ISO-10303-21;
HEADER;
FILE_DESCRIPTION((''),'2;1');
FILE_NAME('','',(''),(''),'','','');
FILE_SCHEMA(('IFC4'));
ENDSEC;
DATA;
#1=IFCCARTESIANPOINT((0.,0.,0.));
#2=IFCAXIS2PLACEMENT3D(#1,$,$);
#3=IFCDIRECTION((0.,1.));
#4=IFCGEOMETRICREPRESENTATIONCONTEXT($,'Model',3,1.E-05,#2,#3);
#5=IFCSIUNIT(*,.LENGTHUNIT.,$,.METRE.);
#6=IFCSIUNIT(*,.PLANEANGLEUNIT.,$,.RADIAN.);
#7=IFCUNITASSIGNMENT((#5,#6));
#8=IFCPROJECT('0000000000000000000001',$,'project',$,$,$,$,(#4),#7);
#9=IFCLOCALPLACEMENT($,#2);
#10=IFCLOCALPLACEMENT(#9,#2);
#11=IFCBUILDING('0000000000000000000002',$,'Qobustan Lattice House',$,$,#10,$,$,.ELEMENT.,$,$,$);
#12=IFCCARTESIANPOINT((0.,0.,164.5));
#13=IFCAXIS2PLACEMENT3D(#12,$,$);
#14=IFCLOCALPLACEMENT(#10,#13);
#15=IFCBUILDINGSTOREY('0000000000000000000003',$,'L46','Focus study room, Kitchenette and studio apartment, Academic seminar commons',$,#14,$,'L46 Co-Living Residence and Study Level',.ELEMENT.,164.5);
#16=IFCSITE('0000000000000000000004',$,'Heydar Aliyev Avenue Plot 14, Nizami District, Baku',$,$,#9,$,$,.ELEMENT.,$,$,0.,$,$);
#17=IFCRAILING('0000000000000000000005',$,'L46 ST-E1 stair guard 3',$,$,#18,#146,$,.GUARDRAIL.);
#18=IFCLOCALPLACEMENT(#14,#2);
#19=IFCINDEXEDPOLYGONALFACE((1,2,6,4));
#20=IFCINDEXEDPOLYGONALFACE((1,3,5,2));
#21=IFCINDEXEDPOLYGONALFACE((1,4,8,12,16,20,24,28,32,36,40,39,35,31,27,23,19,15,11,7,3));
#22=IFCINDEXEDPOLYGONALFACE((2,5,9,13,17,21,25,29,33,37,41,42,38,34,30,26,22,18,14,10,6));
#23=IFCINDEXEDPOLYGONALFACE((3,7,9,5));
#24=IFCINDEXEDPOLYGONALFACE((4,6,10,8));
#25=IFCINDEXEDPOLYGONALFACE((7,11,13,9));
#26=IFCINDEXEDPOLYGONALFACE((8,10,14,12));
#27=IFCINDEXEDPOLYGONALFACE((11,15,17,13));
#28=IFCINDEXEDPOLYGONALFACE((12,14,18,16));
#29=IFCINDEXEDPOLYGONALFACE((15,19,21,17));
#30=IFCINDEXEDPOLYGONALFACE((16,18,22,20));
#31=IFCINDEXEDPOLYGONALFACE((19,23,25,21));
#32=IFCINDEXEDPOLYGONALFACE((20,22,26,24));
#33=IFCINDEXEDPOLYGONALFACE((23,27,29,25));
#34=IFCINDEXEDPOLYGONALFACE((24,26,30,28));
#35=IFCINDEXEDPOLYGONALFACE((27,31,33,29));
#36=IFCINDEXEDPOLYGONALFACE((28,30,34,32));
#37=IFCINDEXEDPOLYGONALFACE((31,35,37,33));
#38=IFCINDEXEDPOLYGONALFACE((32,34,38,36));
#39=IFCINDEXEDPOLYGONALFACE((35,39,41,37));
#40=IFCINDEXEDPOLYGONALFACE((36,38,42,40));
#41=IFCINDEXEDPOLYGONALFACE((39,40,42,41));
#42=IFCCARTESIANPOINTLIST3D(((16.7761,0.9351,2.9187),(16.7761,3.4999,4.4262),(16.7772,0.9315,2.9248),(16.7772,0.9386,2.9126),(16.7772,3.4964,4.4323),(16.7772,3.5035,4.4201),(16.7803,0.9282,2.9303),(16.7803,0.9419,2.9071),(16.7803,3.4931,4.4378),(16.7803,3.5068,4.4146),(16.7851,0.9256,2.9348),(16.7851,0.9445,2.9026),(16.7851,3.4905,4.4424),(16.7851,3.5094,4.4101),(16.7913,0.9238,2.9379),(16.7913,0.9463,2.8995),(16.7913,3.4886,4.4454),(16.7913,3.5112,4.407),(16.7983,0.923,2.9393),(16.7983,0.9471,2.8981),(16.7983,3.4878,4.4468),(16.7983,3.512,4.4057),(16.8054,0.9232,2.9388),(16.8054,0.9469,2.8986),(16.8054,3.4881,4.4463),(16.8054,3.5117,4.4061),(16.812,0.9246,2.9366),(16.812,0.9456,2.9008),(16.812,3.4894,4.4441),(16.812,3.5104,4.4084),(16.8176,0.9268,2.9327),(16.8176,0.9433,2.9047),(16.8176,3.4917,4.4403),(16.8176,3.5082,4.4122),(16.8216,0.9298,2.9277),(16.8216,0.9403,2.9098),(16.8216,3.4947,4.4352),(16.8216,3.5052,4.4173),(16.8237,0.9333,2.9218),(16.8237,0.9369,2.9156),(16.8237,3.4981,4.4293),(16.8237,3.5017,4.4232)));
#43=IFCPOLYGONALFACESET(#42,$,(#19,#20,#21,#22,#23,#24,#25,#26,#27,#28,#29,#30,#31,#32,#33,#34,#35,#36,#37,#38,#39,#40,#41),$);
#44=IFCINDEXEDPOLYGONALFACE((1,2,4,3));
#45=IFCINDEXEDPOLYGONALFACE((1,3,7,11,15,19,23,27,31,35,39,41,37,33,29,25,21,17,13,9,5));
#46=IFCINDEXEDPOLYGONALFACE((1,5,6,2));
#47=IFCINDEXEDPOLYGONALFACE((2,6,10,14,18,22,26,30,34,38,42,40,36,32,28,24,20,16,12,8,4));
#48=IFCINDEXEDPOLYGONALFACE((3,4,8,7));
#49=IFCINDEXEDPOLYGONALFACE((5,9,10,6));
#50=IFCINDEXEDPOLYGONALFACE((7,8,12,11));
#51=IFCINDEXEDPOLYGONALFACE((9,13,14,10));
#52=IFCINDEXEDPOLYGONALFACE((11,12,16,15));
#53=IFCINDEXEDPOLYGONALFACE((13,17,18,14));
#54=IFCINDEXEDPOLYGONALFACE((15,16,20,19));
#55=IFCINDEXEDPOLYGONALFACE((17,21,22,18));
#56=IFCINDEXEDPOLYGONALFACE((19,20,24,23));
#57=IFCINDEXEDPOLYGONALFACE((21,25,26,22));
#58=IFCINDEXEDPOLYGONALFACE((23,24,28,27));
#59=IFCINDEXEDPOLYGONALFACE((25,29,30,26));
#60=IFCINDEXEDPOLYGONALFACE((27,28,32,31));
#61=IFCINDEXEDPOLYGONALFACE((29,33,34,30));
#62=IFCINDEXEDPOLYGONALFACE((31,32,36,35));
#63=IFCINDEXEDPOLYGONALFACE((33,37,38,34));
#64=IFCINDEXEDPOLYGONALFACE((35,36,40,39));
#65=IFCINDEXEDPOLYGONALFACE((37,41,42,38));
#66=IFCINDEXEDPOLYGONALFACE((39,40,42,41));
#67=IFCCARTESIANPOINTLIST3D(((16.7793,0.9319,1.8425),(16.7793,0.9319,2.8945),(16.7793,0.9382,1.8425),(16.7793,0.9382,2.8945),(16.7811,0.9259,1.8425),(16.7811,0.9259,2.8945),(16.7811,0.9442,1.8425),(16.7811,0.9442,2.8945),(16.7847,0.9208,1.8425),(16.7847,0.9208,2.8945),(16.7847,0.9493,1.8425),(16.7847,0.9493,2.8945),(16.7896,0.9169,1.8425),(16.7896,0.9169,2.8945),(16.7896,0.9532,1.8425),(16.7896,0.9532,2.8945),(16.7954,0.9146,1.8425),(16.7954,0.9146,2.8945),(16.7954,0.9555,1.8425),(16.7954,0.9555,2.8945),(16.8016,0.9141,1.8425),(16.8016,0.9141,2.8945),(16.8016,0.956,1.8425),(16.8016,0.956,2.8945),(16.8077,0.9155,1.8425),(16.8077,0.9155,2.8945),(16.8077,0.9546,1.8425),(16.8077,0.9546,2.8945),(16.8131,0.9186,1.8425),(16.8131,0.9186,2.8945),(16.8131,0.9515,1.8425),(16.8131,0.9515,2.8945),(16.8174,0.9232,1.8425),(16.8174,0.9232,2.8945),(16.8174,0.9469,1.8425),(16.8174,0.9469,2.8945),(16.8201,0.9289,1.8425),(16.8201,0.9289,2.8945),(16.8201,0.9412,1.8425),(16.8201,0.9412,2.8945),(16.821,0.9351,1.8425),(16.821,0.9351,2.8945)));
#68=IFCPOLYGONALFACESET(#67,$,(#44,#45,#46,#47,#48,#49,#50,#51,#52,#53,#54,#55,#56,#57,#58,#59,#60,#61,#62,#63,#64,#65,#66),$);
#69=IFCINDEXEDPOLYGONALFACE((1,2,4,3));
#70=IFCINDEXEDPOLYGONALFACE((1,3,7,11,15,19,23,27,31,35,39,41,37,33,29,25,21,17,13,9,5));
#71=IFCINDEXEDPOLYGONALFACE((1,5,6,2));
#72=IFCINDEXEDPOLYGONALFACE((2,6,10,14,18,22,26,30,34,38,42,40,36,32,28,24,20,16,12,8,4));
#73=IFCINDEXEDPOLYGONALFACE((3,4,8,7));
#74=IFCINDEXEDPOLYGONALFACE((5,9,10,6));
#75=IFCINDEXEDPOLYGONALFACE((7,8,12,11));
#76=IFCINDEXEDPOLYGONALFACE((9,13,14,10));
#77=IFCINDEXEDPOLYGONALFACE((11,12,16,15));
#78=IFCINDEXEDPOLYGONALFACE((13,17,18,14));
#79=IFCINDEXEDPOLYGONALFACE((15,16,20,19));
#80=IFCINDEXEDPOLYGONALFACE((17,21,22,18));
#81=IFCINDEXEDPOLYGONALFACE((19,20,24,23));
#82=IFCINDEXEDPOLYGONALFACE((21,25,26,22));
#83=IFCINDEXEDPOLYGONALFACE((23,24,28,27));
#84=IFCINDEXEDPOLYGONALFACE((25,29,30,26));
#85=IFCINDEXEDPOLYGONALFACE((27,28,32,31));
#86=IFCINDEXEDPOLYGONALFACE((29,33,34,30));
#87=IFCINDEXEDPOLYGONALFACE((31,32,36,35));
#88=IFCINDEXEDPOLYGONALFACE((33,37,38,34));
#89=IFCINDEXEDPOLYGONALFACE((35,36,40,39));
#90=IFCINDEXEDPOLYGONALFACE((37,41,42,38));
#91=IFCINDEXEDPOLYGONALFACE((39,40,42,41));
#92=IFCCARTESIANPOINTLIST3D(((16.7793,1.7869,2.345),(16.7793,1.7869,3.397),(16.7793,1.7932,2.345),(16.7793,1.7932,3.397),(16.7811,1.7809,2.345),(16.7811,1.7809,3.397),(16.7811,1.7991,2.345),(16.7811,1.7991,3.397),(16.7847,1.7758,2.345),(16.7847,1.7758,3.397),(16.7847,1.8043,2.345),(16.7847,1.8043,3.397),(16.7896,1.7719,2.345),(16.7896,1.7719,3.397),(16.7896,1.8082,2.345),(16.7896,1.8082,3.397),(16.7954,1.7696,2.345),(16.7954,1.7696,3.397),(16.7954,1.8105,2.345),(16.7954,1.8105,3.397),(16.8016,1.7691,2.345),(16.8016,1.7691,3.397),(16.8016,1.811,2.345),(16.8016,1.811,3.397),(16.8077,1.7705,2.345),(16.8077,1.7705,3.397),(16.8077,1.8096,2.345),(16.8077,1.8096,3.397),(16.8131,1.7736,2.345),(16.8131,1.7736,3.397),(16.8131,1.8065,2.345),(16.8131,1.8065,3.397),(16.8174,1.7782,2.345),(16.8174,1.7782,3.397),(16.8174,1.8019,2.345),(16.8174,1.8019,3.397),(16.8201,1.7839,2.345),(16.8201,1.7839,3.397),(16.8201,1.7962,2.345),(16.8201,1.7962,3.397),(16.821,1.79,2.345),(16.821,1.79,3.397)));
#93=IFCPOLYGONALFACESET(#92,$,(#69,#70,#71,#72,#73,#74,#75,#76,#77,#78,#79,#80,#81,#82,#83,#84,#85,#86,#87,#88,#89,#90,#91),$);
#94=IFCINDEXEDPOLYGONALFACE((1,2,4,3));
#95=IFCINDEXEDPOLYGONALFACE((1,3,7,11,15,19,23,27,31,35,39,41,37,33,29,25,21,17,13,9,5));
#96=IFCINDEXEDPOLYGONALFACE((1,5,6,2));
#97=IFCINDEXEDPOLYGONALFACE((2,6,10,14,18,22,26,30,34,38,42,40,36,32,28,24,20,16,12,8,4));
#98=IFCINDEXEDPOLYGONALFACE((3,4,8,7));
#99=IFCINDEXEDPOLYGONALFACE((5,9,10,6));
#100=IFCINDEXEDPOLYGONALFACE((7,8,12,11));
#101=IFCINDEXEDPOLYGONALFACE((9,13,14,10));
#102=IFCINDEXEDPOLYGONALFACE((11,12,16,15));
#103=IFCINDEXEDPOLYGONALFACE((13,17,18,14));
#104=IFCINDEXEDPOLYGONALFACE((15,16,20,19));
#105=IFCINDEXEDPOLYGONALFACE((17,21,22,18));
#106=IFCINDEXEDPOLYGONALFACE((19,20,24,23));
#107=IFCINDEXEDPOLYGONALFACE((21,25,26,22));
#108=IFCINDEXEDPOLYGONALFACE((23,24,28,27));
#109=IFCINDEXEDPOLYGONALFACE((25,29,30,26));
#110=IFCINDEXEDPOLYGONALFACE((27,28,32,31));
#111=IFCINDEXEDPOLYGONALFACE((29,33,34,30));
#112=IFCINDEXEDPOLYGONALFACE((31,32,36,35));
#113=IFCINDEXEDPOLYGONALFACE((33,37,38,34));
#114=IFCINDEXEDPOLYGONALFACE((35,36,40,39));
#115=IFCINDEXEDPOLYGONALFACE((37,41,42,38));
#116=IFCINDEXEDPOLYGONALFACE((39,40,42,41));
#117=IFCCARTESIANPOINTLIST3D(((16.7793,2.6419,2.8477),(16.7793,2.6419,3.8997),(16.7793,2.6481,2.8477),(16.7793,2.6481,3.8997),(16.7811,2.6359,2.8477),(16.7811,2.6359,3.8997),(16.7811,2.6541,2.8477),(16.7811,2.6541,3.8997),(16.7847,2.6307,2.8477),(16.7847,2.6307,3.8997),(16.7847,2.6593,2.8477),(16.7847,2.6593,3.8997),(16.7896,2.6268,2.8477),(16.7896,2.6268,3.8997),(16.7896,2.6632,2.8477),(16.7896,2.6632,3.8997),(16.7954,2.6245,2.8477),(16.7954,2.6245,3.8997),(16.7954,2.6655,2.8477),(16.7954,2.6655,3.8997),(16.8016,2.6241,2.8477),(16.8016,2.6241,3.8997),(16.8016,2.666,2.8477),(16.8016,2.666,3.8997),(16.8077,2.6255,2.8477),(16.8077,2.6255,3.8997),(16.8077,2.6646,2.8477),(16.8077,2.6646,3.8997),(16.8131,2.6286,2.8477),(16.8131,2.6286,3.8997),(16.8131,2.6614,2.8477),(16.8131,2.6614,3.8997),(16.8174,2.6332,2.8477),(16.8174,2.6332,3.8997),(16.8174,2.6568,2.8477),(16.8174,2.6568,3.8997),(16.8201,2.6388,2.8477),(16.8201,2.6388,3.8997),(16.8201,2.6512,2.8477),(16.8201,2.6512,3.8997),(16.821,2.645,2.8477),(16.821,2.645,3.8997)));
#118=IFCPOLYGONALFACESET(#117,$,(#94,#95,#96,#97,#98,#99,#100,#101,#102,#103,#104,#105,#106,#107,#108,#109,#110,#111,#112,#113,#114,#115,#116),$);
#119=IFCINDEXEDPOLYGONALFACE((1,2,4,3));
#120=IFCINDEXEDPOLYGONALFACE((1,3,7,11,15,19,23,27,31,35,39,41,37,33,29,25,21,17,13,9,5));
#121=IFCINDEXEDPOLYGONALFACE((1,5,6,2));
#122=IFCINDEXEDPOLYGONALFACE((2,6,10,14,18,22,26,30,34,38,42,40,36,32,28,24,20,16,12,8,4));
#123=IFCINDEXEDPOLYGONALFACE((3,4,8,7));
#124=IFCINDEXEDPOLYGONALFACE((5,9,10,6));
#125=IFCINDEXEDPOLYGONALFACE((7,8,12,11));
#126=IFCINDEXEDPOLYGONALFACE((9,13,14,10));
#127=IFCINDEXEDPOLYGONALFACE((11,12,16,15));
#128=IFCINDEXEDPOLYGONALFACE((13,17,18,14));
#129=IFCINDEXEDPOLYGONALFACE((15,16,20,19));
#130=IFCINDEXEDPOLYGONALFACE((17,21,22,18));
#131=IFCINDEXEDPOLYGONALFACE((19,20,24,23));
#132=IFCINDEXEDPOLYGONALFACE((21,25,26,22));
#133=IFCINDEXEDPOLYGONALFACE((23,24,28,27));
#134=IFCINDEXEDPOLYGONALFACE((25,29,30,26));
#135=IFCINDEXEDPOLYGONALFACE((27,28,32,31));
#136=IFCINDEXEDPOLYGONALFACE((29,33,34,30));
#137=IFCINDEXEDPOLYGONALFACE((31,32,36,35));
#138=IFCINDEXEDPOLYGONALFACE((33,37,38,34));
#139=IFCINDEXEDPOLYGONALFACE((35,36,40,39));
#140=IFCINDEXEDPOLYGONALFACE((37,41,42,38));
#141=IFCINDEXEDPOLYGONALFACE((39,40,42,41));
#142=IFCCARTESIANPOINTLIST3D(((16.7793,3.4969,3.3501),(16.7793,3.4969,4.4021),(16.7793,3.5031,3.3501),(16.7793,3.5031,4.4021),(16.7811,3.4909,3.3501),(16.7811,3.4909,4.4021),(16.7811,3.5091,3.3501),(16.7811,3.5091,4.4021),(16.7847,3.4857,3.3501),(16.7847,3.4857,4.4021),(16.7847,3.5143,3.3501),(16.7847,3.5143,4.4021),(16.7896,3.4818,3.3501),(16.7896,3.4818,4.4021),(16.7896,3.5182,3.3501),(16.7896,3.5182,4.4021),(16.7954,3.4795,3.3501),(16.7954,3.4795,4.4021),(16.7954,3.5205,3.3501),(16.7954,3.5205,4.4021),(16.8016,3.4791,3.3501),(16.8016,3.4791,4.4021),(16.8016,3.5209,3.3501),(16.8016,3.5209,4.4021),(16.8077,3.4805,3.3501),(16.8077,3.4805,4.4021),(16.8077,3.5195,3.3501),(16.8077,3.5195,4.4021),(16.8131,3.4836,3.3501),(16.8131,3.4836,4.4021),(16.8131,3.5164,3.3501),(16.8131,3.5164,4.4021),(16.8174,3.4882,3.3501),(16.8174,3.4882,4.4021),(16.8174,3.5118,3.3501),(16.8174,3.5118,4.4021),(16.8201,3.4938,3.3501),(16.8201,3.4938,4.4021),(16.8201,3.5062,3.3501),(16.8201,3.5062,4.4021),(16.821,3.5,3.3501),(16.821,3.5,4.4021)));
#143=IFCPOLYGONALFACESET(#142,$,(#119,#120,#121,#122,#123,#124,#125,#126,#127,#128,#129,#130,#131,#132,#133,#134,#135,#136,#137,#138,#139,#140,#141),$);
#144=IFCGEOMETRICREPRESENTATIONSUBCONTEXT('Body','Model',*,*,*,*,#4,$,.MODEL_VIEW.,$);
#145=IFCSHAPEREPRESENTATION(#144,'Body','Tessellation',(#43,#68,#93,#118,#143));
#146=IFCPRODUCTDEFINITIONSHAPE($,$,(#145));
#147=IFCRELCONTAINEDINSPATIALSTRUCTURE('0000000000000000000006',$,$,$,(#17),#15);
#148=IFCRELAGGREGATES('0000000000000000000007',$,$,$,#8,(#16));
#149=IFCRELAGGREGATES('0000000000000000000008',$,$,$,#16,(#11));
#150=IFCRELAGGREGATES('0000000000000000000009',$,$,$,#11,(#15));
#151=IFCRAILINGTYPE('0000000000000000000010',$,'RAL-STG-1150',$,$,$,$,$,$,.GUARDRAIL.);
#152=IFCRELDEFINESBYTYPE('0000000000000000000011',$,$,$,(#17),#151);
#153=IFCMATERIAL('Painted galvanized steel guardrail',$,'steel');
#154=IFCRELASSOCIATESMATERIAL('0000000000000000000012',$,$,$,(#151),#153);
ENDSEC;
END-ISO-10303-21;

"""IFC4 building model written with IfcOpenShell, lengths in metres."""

from ifc_helpers import new_model, si_unit, direction, frame, origin, origin_2d, place, context, subcontext, project, spatial, circle, extrude, material, type_object, element, save


model = new_model("IFC4")

# Units and contexts
model_context = context("Model", 3, precision=1e-05, world=origin(), true_north=direction((0.0, 1.0)))
body_context = subcontext(model_context, "Body", "Model", "MODEL_VIEW")
ifc_project = project(units=[si_unit("LENGTHUNIT", "METRE"), si_unit("PLANEANGLEUNIT", "RADIAN")], contexts=[model_context])

# Site, building, storey
site_placement = place(None, origin())
site = spatial("IfcSite", under=ifc_project, at=site_placement, Name="Heydar Aliyev Avenue Plot 14, Nizami District, Baku", CompositionType="ELEMENT", RefElevation=0.0)
building_placement = place(site_placement, origin())
building = spatial("IfcBuilding", under=site, at=building_placement, Name="Qobustan Lattice House", CompositionType="ELEMENT")
storey_placement = place(building_placement, frame((0.0, 0.0, 164.5)))
storey = spatial("IfcBuildingStorey", under=building, at=storey_placement, Name="L46", Description="Focus study room, Kitchenette and studio apartment, Academic seminar commons", LongName="L46 Co-Living Residence and Study Level", CompositionType="ELEMENT", Elevation=164.5)

# Railing
ifc_material_1 = material(Name="Painted galvanized steel guardrail", Category="steel")
railing_type_1 = type_object("IfcRailingType", Name="RAL-STG-1150", PredefinedType="GUARDRAIL", material=ifc_material_1)
railing_1_placement = place(storey_placement, frame((16.8, 0.9351, 1.8425)))
element("IfcRailing", 1, at=railing_1_placement, inside=storey, type_object=railing_type_1, Name="L46 ST-E1 stair guard 3", PredefinedType="GUARDRAIL", context=body_context, shape_type="SweptSolid", body=[
    extrude(circle(Radius=0.0239, at=origin_2d()), frame((0.0, 0.0, 1.0762), z_axis=(0.0, 0.862113, 0.506715), x_axis=(-1.0, 0.0, 0.0)), (0.0, 0.0, 1.0), 2.9751),
    extrude(circle(Radius=0.021, at=origin_2d()), origin(), (0.0, 0.0, 1.0), 1.052),
    extrude(circle(Radius=0.021, at=origin_2d()), frame((0.0, 0.855, 0.5024)), (0.0, 0.0, 1.0), 1.052),
    extrude(circle(Radius=0.021, at=origin_2d()), frame((0.0, 1.71, 1.0051)), (0.0, 0.0, 1.0), 1.052),
    extrude(circle(Radius=0.021, at=origin_2d()), frame((0.0, 2.5649, 1.5076)), (0.0, 0.0, 1.0), 1.052),
])

save(model, "model.ifc")
